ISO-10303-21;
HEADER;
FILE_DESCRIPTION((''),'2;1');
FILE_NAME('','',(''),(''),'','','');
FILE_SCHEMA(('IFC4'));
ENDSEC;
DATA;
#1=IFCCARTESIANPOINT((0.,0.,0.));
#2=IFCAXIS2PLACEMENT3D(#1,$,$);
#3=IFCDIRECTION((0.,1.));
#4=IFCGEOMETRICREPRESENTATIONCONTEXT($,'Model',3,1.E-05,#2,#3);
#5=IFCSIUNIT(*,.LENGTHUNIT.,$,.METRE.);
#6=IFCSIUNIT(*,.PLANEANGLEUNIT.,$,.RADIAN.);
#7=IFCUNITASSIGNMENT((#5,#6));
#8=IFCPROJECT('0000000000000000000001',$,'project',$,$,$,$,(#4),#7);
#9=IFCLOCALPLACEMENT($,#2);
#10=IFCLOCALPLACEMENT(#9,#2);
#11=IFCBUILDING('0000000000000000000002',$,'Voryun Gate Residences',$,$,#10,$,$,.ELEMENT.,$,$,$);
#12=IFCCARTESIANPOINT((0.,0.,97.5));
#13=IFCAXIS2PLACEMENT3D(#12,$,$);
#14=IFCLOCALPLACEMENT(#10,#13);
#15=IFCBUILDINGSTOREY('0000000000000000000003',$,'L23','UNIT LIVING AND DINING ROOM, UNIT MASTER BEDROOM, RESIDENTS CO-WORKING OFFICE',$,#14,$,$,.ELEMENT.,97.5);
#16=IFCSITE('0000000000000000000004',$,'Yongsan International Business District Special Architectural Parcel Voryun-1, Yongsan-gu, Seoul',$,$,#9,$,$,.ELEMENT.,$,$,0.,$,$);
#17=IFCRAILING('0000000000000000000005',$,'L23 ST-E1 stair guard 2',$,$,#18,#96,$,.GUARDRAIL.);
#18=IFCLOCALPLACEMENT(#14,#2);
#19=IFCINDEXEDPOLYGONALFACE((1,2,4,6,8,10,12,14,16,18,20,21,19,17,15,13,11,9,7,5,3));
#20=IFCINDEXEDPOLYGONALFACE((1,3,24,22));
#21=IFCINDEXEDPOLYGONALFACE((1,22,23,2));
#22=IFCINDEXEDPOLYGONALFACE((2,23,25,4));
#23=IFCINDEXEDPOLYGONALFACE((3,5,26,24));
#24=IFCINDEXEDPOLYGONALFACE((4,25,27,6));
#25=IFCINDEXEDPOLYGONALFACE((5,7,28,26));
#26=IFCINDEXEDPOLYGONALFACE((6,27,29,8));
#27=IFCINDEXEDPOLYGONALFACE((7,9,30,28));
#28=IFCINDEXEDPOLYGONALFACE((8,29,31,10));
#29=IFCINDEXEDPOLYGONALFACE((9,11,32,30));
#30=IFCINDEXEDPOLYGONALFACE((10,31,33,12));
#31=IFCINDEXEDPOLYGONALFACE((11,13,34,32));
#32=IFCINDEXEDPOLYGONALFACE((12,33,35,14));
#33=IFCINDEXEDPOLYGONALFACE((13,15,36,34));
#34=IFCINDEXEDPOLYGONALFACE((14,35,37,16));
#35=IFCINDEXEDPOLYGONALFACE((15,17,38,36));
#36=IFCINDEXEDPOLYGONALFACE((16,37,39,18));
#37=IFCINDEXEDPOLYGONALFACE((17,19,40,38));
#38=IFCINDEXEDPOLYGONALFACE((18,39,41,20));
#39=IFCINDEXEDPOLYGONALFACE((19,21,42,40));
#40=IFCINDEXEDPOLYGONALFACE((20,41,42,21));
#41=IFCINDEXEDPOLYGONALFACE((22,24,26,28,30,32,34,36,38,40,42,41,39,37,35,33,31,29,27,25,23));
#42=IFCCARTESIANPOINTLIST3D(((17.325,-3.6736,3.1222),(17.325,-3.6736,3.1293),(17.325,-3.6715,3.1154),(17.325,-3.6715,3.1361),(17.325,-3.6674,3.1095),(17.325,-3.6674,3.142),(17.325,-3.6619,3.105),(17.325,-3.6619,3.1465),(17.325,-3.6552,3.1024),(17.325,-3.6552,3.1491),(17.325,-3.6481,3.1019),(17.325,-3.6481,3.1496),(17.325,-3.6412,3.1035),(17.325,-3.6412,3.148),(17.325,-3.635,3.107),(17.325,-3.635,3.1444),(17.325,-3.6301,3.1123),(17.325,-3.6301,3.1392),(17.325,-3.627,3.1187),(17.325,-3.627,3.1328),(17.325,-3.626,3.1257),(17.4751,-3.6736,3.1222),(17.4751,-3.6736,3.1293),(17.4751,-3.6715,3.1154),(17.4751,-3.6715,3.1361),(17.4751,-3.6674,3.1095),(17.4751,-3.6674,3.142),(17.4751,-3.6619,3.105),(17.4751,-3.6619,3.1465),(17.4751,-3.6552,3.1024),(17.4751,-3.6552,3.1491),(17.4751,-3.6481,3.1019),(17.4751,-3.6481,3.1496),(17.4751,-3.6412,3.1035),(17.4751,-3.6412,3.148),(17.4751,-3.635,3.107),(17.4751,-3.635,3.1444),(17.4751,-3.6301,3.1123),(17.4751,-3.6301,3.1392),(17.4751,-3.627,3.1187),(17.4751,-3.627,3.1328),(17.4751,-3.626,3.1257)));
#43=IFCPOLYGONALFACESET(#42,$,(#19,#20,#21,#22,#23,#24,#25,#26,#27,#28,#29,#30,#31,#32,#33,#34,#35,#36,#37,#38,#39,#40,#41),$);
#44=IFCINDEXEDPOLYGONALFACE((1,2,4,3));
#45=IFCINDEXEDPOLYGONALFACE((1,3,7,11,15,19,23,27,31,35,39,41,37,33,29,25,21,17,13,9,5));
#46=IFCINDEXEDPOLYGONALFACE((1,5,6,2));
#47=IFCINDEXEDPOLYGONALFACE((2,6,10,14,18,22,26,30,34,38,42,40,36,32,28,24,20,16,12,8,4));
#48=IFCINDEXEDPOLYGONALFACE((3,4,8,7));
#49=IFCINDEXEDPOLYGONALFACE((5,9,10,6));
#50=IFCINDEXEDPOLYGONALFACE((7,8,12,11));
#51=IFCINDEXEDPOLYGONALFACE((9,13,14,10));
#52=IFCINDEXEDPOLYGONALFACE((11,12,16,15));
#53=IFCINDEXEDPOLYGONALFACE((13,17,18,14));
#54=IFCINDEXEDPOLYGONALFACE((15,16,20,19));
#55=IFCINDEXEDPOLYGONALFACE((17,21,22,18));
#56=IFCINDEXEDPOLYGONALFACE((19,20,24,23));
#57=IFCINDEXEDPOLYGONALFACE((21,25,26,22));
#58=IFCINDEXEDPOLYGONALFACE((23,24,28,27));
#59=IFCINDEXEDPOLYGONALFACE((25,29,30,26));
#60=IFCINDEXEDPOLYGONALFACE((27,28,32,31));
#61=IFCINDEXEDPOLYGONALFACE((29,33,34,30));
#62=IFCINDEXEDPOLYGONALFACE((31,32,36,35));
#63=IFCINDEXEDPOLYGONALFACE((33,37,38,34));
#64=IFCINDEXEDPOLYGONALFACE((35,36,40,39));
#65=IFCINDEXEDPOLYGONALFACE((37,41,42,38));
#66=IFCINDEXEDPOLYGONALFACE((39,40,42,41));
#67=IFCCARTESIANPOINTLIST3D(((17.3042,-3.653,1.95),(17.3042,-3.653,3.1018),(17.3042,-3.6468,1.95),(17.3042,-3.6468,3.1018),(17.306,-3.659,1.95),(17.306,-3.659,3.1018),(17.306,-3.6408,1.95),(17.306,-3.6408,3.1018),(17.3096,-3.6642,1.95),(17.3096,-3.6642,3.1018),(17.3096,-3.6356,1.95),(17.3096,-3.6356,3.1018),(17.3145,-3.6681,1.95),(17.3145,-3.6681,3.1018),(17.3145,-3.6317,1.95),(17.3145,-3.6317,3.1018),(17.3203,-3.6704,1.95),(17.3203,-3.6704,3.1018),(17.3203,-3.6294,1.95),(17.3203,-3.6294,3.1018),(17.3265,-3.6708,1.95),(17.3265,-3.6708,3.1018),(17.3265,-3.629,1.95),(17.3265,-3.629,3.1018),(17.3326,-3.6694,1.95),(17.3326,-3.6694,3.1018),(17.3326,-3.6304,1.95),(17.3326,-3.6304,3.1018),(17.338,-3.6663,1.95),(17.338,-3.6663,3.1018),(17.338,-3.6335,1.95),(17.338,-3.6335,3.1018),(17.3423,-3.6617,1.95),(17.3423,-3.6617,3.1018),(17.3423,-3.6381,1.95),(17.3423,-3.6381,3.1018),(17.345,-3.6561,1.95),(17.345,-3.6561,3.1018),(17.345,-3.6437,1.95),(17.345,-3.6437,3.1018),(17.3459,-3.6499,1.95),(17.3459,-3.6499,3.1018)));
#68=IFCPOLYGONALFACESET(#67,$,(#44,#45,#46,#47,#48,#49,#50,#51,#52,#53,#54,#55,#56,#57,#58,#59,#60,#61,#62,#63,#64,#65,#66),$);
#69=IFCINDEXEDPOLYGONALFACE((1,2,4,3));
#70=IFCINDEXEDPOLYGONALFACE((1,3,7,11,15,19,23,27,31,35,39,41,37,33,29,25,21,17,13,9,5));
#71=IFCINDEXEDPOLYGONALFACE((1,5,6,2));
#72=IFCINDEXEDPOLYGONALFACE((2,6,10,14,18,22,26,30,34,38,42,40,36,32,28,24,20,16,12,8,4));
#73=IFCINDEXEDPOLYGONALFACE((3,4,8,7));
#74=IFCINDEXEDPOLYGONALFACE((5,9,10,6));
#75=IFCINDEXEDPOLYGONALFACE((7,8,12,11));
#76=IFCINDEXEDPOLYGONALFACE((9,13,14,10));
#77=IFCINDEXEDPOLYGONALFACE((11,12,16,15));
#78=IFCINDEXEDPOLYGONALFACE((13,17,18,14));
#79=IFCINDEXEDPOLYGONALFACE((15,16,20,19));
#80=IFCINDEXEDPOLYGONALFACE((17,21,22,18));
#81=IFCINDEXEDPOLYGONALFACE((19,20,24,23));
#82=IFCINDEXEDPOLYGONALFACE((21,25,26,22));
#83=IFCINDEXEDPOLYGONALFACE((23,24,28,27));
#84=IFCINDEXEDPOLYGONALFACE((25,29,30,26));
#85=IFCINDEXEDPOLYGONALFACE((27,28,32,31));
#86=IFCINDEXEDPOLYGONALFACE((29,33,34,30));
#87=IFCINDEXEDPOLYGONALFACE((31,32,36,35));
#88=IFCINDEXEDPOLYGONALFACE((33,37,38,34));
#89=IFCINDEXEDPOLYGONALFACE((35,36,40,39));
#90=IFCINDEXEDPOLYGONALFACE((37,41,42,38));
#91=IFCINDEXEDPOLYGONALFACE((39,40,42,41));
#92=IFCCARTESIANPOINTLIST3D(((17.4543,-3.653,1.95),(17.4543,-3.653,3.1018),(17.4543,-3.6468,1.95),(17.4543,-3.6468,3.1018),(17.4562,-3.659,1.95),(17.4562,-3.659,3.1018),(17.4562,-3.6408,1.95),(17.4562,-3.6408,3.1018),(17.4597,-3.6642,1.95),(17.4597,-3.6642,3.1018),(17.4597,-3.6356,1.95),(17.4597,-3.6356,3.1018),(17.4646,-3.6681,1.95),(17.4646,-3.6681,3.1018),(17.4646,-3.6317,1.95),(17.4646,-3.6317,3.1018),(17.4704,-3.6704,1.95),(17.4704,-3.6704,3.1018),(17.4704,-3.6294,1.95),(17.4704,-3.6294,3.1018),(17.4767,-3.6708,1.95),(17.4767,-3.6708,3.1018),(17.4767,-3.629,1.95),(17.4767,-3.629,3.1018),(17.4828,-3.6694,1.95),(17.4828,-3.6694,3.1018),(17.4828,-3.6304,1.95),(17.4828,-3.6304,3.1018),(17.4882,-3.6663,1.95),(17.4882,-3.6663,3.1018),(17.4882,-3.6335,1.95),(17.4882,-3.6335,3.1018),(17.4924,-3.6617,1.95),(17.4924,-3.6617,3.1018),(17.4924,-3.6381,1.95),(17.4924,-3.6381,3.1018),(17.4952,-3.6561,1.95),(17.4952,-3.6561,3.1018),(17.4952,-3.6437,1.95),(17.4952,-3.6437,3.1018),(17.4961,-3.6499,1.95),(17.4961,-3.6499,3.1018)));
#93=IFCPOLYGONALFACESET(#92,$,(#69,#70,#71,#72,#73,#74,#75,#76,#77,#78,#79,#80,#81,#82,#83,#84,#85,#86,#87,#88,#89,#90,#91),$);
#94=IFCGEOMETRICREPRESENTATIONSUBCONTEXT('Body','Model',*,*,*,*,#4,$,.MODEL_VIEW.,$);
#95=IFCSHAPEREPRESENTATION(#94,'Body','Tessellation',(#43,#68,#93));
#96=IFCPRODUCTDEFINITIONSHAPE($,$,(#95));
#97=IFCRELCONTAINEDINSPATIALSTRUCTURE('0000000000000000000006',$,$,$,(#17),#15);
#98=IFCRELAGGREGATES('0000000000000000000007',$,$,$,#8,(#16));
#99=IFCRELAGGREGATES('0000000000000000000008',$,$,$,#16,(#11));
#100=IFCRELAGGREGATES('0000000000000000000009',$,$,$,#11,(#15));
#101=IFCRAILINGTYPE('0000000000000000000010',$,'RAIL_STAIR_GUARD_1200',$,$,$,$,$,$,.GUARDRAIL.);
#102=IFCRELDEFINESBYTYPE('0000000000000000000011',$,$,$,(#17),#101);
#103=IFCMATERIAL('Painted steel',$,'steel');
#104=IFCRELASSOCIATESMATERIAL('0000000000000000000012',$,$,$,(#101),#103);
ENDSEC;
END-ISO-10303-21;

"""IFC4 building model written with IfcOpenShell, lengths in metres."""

from ifc_helpers import new_model, si_unit, direction, frame, origin, origin_2d, place, context, subcontext, project, spatial, circle, extrude, material, type_object, element, save


model = new_model("IFC4")

# Units and contexts
model_context = context("Model", 3, precision=1e-05, world=origin(), true_north=direction((0.0, 1.0)))
body_context = subcontext(model_context, "Body", "Model", "MODEL_VIEW")
ifc_project = project(units=[si_unit("LENGTHUNIT", "METRE"), si_unit("PLANEANGLEUNIT", "RADIAN")], contexts=[model_context])

# Site, building, storey
site_placement = place(None, origin())
site = spatial("IfcSite", under=ifc_project, at=site_placement, Name="Yongsan International Business District Special Architectural Parcel Voryun-1, Yongsan-gu, Seoul", CompositionType="ELEMENT", RefElevation=0.0)
building_placement = place(site_placement, origin())
building = spatial("IfcBuilding", under=site, at=building_placement, Name="Voryun Gate Residences", CompositionType="ELEMENT")
storey_placement = place(building_placement, frame((0.0, 0.0, 97.5)))
storey = spatial("IfcBuildingStorey", under=building, at=storey_placement, Name="L23", Description="UNIT LIVING AND DINING ROOM, UNIT MASTER BEDROOM, RESIDENTS CO-WORKING OFFICE", CompositionType="ELEMENT", Elevation=97.5)

# Railing
ifc_material_1 = material(Name="Painted steel", Category="steel")
railing_type_1 = type_object("IfcRailingType", Name="RAIL_STAIR_GUARD_1200", PredefinedType="GUARDRAIL", material=ifc_material_1)
railing_1_placement = place(storey_placement, frame((17.325, -3.6499, 1.95)))
element("IfcRailing", 1, at=railing_1_placement, inside=storey, type_object=railing_type_1, Name="L23 ST-E1 stair guard 2", PredefinedType="GUARDRAIL", context=body_context, shape_type="SweptSolid", body=[
    extrude(circle(Radius=0.0239, at=origin_2d()), frame((0.0, 0.0, 1.1758), z_axis=(1.0, 0.0, 0.0), x_axis=(0.0, 1.0, 0.0)), (0.0, 0.0, 1.0), 0.1501),
    extrude(circle(Radius=0.021, at=origin_2d()), origin(), (0.0, 0.0, 1.0), 1.1519),
    extrude(circle(Radius=0.021, at=origin_2d()), frame((0.1501, 0.0, 0.0)), (0.0, 0.0, 1.0), 1.1519),
])

save(model, "model.ifc")
